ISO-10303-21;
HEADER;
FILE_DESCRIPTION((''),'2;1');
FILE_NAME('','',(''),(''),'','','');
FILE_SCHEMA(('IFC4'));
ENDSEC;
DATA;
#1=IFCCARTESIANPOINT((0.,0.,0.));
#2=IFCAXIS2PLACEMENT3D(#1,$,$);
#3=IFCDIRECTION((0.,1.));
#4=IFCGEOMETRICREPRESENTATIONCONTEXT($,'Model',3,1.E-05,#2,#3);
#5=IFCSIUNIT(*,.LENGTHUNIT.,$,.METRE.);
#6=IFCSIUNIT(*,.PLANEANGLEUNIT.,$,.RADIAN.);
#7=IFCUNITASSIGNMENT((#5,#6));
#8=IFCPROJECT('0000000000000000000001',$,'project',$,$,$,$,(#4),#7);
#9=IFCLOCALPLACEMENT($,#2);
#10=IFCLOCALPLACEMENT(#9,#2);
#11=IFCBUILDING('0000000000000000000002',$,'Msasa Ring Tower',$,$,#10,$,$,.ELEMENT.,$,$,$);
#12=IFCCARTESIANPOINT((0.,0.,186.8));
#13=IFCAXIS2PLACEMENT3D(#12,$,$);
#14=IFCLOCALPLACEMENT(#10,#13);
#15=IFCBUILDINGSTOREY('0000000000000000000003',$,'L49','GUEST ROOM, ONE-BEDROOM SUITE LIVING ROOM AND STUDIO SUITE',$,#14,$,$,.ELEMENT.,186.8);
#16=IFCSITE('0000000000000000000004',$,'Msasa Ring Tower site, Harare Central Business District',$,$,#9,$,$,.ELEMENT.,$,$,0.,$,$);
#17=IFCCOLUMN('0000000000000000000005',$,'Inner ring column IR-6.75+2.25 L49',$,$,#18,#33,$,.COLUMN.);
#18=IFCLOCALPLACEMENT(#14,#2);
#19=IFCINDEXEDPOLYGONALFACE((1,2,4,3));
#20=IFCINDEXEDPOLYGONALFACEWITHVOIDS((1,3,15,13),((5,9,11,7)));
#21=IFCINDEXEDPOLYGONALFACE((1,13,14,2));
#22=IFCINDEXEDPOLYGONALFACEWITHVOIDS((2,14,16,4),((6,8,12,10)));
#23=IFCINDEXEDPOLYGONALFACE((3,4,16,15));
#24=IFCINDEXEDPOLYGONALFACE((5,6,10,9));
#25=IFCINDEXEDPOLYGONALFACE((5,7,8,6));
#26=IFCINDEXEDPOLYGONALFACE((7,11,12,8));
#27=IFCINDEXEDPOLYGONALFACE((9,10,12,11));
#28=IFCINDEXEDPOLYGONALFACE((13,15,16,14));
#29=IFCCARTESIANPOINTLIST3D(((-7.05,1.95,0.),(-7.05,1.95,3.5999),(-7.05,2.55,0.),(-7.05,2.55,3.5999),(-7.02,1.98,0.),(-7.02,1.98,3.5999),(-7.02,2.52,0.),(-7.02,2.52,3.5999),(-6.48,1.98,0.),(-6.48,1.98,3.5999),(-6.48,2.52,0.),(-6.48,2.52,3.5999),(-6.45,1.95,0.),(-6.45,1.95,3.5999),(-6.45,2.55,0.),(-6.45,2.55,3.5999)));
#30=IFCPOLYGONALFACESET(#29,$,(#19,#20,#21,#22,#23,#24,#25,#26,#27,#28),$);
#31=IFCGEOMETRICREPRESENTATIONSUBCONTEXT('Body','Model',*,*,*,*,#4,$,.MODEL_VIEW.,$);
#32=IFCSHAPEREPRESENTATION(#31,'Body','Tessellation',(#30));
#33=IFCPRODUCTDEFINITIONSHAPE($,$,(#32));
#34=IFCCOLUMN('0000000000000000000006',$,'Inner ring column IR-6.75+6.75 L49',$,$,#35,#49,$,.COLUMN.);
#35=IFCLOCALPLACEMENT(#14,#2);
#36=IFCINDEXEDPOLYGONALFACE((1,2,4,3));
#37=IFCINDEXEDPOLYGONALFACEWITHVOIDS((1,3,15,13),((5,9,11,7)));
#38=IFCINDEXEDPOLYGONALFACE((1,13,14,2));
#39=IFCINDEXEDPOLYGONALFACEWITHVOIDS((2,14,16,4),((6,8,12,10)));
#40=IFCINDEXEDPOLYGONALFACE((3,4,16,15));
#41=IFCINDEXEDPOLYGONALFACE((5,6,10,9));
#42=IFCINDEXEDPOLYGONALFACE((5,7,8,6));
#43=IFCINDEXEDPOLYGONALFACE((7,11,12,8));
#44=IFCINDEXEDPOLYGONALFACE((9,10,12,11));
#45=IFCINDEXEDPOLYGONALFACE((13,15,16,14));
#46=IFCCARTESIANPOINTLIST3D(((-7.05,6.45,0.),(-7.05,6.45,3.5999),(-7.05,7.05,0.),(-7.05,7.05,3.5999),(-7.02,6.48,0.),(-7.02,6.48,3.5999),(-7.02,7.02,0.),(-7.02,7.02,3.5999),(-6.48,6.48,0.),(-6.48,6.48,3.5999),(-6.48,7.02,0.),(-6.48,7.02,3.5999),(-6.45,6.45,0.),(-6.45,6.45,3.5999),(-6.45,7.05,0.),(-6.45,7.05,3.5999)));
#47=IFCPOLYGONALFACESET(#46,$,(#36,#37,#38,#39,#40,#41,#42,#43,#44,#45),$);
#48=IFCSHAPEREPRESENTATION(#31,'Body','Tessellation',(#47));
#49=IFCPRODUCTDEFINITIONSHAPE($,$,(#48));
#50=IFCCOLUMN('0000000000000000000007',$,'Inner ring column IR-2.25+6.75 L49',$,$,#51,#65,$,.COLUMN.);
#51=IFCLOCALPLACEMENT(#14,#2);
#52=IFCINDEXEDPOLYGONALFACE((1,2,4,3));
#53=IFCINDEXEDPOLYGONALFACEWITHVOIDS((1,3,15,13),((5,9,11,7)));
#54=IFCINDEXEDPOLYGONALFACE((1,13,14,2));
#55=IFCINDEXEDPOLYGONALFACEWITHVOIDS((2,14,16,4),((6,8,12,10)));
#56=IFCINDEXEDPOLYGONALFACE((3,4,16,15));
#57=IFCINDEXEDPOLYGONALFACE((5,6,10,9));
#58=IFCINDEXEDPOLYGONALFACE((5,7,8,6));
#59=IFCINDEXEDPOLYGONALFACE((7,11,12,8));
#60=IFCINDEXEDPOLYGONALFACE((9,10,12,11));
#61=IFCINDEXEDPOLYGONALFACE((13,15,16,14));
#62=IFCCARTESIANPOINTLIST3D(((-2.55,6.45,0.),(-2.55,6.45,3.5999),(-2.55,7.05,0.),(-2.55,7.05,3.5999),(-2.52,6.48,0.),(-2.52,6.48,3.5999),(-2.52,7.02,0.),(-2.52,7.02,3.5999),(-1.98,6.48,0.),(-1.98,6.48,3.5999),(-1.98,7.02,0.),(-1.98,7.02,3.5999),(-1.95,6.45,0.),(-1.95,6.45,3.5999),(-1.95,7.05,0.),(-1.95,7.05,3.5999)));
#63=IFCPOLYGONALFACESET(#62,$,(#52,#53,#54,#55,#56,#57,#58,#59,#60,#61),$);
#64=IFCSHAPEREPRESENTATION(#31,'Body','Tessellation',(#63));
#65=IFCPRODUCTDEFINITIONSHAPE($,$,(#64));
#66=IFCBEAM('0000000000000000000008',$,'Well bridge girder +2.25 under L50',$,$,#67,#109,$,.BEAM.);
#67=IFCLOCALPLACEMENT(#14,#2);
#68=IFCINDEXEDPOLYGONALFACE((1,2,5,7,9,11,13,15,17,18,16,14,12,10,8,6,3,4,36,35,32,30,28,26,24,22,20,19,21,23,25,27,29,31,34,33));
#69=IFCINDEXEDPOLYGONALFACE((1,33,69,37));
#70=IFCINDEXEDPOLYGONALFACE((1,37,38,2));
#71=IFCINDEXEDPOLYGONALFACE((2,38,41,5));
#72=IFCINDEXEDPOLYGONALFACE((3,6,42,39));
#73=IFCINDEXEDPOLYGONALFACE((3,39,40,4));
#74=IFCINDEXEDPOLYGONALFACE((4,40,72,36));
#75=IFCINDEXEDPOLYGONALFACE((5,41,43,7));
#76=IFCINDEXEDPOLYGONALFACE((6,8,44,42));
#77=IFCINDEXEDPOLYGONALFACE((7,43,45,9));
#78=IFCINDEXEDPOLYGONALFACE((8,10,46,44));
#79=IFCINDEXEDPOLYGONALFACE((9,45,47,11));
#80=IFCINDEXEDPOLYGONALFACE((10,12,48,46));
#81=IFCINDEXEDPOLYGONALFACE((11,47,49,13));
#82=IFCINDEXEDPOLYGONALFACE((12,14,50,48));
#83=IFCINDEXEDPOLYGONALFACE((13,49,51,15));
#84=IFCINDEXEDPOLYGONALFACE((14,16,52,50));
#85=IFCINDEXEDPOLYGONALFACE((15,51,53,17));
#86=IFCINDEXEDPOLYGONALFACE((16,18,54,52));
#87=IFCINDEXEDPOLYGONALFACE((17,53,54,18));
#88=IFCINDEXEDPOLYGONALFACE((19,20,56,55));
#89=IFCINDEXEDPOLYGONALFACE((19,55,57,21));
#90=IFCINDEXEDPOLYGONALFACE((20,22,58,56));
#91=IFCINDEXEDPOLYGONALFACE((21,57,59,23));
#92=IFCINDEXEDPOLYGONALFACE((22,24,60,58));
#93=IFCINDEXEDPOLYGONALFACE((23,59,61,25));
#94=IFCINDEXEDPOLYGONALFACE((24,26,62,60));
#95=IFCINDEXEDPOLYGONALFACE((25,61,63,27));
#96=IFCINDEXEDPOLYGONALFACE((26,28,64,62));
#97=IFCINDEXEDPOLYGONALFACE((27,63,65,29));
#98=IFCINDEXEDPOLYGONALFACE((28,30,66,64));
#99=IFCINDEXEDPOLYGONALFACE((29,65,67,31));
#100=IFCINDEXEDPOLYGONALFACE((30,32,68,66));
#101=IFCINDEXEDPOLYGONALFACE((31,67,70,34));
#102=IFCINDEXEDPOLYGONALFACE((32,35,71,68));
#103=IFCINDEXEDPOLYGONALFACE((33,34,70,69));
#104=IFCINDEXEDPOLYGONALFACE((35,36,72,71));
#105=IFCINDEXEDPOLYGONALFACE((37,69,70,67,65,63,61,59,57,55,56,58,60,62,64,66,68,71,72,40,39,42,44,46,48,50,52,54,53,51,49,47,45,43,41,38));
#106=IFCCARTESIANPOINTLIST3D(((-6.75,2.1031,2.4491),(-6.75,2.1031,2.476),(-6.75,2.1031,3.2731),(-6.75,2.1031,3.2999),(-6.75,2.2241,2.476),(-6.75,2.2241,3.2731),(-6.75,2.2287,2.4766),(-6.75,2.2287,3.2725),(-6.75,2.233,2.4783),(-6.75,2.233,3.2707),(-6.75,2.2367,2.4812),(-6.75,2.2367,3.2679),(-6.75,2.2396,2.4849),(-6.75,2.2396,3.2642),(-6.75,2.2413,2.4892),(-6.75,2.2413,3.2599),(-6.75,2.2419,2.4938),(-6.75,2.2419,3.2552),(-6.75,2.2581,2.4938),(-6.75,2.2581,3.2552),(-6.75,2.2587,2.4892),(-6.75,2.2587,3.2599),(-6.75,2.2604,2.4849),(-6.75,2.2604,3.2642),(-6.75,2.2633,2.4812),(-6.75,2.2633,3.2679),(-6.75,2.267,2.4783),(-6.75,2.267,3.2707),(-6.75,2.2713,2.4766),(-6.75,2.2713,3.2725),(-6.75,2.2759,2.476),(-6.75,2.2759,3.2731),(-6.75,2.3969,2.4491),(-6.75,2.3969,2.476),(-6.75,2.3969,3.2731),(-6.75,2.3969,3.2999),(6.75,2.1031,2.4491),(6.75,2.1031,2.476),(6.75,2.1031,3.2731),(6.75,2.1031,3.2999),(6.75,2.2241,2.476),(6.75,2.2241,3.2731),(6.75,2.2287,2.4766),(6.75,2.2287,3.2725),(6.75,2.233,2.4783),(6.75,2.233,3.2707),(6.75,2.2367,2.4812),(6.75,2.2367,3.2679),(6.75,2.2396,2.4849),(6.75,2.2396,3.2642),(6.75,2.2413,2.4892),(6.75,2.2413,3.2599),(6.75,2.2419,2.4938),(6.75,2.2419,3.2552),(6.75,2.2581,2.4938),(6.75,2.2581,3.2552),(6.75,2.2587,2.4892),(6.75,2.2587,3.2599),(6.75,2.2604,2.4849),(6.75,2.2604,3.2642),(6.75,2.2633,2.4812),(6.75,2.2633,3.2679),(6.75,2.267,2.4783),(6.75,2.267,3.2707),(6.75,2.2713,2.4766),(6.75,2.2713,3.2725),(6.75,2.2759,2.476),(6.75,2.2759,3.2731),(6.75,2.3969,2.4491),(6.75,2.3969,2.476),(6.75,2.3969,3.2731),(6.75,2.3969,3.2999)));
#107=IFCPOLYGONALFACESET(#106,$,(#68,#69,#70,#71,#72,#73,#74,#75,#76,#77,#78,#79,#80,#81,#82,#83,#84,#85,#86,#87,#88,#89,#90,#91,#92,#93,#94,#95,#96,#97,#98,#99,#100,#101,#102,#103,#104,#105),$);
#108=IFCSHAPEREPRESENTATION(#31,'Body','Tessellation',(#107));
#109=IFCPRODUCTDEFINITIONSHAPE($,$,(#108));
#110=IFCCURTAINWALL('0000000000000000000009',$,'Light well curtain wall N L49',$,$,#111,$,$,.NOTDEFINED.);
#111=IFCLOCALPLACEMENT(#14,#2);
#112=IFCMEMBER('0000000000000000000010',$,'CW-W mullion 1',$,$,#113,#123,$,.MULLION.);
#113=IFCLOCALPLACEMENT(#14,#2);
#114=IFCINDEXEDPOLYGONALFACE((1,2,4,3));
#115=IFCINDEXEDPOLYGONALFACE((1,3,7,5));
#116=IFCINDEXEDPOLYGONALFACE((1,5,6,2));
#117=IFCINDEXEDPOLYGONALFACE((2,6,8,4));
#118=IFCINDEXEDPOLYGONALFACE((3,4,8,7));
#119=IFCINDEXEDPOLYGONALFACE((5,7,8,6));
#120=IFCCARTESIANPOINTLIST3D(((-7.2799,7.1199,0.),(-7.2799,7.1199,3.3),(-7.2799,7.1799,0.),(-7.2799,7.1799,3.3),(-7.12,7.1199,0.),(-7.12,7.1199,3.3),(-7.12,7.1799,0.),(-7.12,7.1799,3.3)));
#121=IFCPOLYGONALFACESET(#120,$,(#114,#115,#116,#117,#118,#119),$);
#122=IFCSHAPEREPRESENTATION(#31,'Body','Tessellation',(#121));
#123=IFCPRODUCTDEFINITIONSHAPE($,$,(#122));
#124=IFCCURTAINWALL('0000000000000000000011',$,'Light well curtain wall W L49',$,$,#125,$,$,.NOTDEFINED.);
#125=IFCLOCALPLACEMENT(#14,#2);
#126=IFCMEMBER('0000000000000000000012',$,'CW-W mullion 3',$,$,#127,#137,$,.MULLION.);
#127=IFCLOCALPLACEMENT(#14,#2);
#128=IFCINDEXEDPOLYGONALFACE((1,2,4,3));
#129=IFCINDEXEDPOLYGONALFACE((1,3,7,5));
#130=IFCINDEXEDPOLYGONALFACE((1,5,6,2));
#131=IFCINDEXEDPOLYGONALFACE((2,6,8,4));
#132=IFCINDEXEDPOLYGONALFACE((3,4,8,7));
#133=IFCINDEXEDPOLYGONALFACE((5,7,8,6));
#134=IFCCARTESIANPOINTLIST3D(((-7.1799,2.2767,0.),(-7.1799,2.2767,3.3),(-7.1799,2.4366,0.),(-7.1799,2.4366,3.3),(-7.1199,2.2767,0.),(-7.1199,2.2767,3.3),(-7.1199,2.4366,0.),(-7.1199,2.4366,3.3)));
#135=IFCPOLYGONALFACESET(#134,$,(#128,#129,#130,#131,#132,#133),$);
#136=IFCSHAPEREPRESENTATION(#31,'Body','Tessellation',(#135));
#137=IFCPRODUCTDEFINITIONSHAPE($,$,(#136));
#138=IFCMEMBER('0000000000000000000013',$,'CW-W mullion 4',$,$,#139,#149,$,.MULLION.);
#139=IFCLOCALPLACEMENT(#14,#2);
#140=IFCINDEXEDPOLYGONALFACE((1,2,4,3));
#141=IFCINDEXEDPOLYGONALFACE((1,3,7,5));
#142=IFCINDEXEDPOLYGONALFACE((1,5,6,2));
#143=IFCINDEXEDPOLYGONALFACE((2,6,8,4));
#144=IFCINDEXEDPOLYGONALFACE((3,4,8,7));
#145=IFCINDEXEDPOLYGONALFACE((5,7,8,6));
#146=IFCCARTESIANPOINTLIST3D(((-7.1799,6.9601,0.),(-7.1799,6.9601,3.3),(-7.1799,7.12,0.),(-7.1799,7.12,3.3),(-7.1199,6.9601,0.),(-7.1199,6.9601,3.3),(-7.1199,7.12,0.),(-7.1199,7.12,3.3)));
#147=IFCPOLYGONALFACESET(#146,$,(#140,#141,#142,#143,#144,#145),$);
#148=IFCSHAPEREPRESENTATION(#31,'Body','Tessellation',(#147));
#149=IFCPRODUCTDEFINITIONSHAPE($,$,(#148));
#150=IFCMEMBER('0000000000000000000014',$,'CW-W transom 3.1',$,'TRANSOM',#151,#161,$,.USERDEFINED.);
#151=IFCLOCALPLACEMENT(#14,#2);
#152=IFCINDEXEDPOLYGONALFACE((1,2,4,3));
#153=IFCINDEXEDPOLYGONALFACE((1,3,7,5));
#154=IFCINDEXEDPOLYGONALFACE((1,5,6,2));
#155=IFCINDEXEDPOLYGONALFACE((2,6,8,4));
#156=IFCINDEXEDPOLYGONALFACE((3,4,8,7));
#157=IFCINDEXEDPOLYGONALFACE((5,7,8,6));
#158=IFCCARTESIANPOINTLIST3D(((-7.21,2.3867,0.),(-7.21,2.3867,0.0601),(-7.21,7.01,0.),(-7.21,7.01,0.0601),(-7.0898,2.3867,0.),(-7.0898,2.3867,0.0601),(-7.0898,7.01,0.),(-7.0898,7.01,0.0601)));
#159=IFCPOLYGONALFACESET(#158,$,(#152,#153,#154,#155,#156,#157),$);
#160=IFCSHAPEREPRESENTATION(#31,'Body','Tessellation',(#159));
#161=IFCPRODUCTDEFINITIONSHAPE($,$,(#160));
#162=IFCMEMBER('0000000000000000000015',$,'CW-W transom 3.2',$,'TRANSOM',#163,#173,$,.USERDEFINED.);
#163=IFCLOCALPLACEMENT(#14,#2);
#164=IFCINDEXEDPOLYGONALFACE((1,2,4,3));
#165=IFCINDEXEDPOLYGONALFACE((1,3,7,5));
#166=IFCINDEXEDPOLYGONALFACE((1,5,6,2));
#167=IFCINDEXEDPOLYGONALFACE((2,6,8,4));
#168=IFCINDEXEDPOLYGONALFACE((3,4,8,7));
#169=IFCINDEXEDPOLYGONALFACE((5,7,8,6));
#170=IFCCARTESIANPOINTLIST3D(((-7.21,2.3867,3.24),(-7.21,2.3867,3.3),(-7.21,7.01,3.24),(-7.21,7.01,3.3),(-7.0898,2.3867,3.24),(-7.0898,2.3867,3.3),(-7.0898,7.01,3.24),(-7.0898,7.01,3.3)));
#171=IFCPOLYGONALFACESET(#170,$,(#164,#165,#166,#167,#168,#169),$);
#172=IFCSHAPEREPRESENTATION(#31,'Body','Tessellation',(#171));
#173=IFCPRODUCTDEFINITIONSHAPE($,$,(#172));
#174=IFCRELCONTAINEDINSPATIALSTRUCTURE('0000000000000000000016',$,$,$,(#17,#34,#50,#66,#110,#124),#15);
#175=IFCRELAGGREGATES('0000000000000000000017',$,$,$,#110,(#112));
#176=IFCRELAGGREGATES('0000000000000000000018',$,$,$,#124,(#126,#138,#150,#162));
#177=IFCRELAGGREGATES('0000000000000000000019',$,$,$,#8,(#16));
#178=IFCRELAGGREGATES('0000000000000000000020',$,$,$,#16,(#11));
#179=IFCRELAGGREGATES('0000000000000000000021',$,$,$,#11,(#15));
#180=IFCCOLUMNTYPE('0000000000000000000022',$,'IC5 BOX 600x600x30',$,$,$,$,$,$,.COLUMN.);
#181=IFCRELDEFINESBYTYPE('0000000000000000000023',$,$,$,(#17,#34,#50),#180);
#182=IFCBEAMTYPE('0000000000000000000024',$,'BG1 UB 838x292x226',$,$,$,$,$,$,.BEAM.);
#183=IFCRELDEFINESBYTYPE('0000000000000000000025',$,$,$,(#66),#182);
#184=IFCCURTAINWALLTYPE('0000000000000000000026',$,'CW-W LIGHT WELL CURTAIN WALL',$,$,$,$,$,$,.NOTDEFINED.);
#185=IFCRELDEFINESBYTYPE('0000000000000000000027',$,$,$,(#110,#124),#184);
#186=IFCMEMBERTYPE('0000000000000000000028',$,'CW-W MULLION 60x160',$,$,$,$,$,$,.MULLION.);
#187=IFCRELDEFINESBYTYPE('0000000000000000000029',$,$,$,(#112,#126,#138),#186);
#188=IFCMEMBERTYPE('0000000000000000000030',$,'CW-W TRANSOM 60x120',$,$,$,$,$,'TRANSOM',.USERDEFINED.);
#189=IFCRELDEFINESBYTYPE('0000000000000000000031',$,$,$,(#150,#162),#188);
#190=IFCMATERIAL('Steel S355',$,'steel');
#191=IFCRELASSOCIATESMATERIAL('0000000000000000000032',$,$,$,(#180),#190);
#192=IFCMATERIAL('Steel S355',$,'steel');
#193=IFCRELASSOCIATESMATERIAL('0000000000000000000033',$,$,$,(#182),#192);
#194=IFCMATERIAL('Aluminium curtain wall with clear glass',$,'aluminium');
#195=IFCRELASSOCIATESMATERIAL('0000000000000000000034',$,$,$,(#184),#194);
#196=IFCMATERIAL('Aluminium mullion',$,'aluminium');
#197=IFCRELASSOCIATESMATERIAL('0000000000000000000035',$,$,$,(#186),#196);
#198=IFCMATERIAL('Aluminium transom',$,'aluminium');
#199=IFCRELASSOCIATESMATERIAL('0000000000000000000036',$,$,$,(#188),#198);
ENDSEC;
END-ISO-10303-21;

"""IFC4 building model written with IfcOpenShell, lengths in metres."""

from ifc_helpers import new_model, si_unit, direction, frame, origin, origin_2d, place, context, subcontext, project, spatial, rectangle, hollow_rectangle, i_section, extrude, material, material_profile, profile_set, type_object, element, aggregate, save


model = new_model("IFC4")

# Units and contexts
model_context = context("Model", 3, precision=1e-05, world=origin(), true_north=direction((0.0, 1.0)))
body_context = subcontext(model_context, "Body", "Model", "MODEL_VIEW")
ifc_project = project(units=[si_unit("LENGTHUNIT", "METRE"), si_unit("PLANEANGLEUNIT", "RADIAN")], contexts=[model_context])

# Site, building, storey
site_placement = place(None, origin())
site = spatial("IfcSite", under=ifc_project, at=site_placement, Name="Msasa Ring Tower site, Harare Central Business District", CompositionType="ELEMENT", RefElevation=0.0)
building_placement = place(site_placement, origin())
building = spatial("IfcBuilding", under=site, at=building_placement, Name="Msasa Ring Tower", CompositionType="ELEMENT")
storey_placement = place(building_placement, frame((0.0, 0.0, 186.8)))
storey = spatial("IfcBuildingStorey", under=building, at=storey_placement, Name="L49", Description="GUEST ROOM, ONE-BEDROOM SUITE LIVING ROOM AND STUDIO SUITE", CompositionType="ELEMENT", Elevation=186.8)

# Columns
ifc_material_1 = material(Name="Steel S355", Category="steel")
ifc_material_profile_1 = material_profile(ifc_material_1, hollow_rectangle(XDim=0.6001, YDim=0.6001, WallThickness=0.03, at=origin_2d()), Name="BOX 600x600x30")
ifc_profile_set_1 = profile_set([ifc_material_profile_1], Name="Steel S355")
column_type = type_object("IfcColumnType", Name="IC5 BOX 600x600x30", PredefinedType="COLUMN", material=ifc_profile_set_1)
for number, where, z_axis, x_axis, name in (
    (1, (-6.75, 2.25, 0.0), (0.0, 0.0, 1.0), (1.0, 0.0, 0.0), "Inner ring column IR-6.75+2.25 L49"),
    (2, (-6.75, 6.75, 0.0), (0.0, 0.0, 1.0), (1.0, 0.0, 0.0), "Inner ring column IR-6.75+6.75 L49"),
    (3, (-2.25, 6.75, 0.0), (0.0, 0.0, 1.0), (1.0, 0.0, 0.0), "Inner ring column IR-2.25+6.75 L49"),
):
    element("IfcColumn", number, at=place(storey_placement, frame(where, z_axis=z_axis, x_axis=x_axis)), inside=storey, type_object=column_type, Name=name, PredefinedType="COLUMN", context=body_context, shape_type="SweptSolid", body=[
        extrude(hollow_rectangle(XDim=0.6001, YDim=0.6001, WallThickness=0.03, at=origin_2d()), origin(), (0.0, 0.0, 1.0), 3.5999),
    ])

# Beam
ifc_material_2 = material(Name="Steel S355", Category="steel")
ifc_material_profile_2 = material_profile(ifc_material_2, i_section(OverallWidth=0.2937, OverallDepth=0.8508, WebThickness=0.0161, FlangeThickness=0.0269, FilletRadius=0.0178, at=origin_2d()), Name="UB 838x292x226")
ifc_profile_set_2 = profile_set([ifc_material_profile_2], Name="Steel S355")
beam_type_1 = type_object("IfcBeamType", Name="BG1 UB 838x292x226", PredefinedType="BEAM", material=ifc_profile_set_2)
beam_placement = place(storey_placement, frame((-6.75, 2.25, 2.8745), z_axis=(1.0, 0.0, 0.0), x_axis=(0.0, 1.0, 0.0)))
element("IfcBeam", 4, at=beam_placement, inside=storey, type_object=beam_type_1, Name="Well bridge girder +2.25 under L50", PredefinedType="BEAM", context=body_context, shape_type="SweptSolid", body=[
    extrude(i_section(OverallWidth=0.2937, OverallDepth=0.8508, WebThickness=0.0161, FlangeThickness=0.0269, FilletRadius=0.0178, at=origin_2d()), origin(), (0.0, 0.0, 1.0), 13.5),
])

# Curtain wall, member
ifc_material_3 = material(Name="Aluminium curtain wall with clear glass", Category="aluminium")
curtain_wall_type = type_object("IfcCurtainWallType", Name="CW-W LIGHT WELL CURTAIN WALL", PredefinedType="NOTDEFINED", material=ifc_material_3)
curtain_wall_1_placement = place(storey_placement, origin())
curtain_wall_1 = element("IfcCurtainWall", 5, at=curtain_wall_1_placement, inside=storey, type_object=curtain_wall_type, Name="Light well curtain wall N L49", PredefinedType="NOTDEFINED")
ifc_material_4 = material(Name="Aluminium mullion", Category="aluminium")
ifc_material_profile_3 = material_profile(ifc_material_4, rectangle(XDim=0.0601, YDim=0.1599, at=origin_2d()), Name="AL 60x160")
ifc_profile_set_3 = profile_set([ifc_material_profile_3], Name="Aluminium mullion")
member_type_1 = type_object("IfcMemberType", Name="CW-W MULLION 60x160", PredefinedType="MULLION", material=ifc_profile_set_3)
member_1_placement = place(storey_placement, frame((-7.2, 7.1499, 0.0), z_axis=(0.0, 0.0, 1.0), x_axis=(0.0, 1.0, 0.0)))
member_1 = element("IfcMember", 6, at=member_1_placement, type_object=member_type_1, Name="CW-W mullion 1", PredefinedType="MULLION", context=body_context, shape_type="SweptSolid", body=[
    extrude(rectangle(XDim=0.0601, YDim=0.1599, at=origin_2d()), origin(), (0.0, 0.0, 1.0), 3.3),
])
aggregate(curtain_wall_1, [member_1])

# Curtain wall, members
curtain_wall_2_placement = place(storey_placement, origin())
curtain_wall_2 = element("IfcCurtainWall", 7, at=curtain_wall_2_placement, inside=storey, type_object=curtain_wall_type, Name="Light well curtain wall W L49", PredefinedType="NOTDEFINED")
member_2_placement = place(storey_placement, frame((-7.1499, 2.3567, 0.0), z_axis=(0.0, 0.0, 1.0), x_axis=(-1.0, 0.0, 0.0)))
member_2 = element("IfcMember", 8, at=member_2_placement, type_object=member_type_1, Name="CW-W mullion 3", PredefinedType="MULLION", context=body_context, shape_type="SweptSolid", body=[
    extrude(rectangle(XDim=0.0601, YDim=0.1599, at=origin_2d()), origin(), (0.0, 0.0, 1.0), 3.3),
])
member_3_placement = place(storey_placement, frame((-7.1499, 7.04, 0.0), z_axis=(0.0, 0.0, 1.0), x_axis=(-1.0, 0.0, 0.0)))
member_3 = element("IfcMember", 9, at=member_3_placement, type_object=member_type_1, Name="CW-W mullion 4", PredefinedType="MULLION", context=body_context, shape_type="SweptSolid", body=[
    extrude(rectangle(XDim=0.0601, YDim=0.1599, at=origin_2d()), origin(), (0.0, 0.0, 1.0), 3.3),
])
ifc_material_5 = material(Name="Aluminium transom", Category="aluminium")
ifc_material_profile_4 = material_profile(ifc_material_5, rectangle(XDim=0.1201, YDim=0.0601, at=origin_2d()), Name="AL 60x120")
ifc_profile_set_4 = profile_set([ifc_material_profile_4], Name="Aluminium transom")
member_type_2 = type_object("IfcMemberType", Name="CW-W TRANSOM 60x120", ElementType="TRANSOM", PredefinedType="USERDEFINED", material=ifc_profile_set_4)
member_4_placement = place(storey_placement, frame((-7.1499, 2.3867, 0.03), z_axis=(0.0, 1.0, 0.0), x_axis=(-1.0, 0.0, 0.0)))
member_4 = element("IfcMember", 10, at=member_4_placement, type_object=member_type_2, Name="CW-W transom 3.1", ObjectType="TRANSOM", PredefinedType="USERDEFINED", context=body_context, shape_type="SweptSolid", body=[
    extrude(rectangle(XDim=0.1201, YDim=0.0601, at=origin_2d()), origin(), (0.0, 0.0, 1.0), 4.6233),
])
member_5_placement = place(storey_placement, frame((-7.1499, 2.3867, 3.27), z_axis=(0.0, 1.0, 0.0), x_axis=(-1.0, 0.0, 0.0)))
member_5 = element("IfcMember", 11, at=member_5_placement, type_object=member_type_2, Name="CW-W transom 3.2", ObjectType="TRANSOM", PredefinedType="USERDEFINED", context=body_context, shape_type="SweptSolid", body=[
    extrude(rectangle(XDim=0.1201, YDim=0.0601, at=origin_2d()), origin(), (0.0, 0.0, 1.0), 4.6233),
])

aggregate(curtain_wall_2, [member_2, member_3, member_4, member_5])

save(model, "model.ifc")
